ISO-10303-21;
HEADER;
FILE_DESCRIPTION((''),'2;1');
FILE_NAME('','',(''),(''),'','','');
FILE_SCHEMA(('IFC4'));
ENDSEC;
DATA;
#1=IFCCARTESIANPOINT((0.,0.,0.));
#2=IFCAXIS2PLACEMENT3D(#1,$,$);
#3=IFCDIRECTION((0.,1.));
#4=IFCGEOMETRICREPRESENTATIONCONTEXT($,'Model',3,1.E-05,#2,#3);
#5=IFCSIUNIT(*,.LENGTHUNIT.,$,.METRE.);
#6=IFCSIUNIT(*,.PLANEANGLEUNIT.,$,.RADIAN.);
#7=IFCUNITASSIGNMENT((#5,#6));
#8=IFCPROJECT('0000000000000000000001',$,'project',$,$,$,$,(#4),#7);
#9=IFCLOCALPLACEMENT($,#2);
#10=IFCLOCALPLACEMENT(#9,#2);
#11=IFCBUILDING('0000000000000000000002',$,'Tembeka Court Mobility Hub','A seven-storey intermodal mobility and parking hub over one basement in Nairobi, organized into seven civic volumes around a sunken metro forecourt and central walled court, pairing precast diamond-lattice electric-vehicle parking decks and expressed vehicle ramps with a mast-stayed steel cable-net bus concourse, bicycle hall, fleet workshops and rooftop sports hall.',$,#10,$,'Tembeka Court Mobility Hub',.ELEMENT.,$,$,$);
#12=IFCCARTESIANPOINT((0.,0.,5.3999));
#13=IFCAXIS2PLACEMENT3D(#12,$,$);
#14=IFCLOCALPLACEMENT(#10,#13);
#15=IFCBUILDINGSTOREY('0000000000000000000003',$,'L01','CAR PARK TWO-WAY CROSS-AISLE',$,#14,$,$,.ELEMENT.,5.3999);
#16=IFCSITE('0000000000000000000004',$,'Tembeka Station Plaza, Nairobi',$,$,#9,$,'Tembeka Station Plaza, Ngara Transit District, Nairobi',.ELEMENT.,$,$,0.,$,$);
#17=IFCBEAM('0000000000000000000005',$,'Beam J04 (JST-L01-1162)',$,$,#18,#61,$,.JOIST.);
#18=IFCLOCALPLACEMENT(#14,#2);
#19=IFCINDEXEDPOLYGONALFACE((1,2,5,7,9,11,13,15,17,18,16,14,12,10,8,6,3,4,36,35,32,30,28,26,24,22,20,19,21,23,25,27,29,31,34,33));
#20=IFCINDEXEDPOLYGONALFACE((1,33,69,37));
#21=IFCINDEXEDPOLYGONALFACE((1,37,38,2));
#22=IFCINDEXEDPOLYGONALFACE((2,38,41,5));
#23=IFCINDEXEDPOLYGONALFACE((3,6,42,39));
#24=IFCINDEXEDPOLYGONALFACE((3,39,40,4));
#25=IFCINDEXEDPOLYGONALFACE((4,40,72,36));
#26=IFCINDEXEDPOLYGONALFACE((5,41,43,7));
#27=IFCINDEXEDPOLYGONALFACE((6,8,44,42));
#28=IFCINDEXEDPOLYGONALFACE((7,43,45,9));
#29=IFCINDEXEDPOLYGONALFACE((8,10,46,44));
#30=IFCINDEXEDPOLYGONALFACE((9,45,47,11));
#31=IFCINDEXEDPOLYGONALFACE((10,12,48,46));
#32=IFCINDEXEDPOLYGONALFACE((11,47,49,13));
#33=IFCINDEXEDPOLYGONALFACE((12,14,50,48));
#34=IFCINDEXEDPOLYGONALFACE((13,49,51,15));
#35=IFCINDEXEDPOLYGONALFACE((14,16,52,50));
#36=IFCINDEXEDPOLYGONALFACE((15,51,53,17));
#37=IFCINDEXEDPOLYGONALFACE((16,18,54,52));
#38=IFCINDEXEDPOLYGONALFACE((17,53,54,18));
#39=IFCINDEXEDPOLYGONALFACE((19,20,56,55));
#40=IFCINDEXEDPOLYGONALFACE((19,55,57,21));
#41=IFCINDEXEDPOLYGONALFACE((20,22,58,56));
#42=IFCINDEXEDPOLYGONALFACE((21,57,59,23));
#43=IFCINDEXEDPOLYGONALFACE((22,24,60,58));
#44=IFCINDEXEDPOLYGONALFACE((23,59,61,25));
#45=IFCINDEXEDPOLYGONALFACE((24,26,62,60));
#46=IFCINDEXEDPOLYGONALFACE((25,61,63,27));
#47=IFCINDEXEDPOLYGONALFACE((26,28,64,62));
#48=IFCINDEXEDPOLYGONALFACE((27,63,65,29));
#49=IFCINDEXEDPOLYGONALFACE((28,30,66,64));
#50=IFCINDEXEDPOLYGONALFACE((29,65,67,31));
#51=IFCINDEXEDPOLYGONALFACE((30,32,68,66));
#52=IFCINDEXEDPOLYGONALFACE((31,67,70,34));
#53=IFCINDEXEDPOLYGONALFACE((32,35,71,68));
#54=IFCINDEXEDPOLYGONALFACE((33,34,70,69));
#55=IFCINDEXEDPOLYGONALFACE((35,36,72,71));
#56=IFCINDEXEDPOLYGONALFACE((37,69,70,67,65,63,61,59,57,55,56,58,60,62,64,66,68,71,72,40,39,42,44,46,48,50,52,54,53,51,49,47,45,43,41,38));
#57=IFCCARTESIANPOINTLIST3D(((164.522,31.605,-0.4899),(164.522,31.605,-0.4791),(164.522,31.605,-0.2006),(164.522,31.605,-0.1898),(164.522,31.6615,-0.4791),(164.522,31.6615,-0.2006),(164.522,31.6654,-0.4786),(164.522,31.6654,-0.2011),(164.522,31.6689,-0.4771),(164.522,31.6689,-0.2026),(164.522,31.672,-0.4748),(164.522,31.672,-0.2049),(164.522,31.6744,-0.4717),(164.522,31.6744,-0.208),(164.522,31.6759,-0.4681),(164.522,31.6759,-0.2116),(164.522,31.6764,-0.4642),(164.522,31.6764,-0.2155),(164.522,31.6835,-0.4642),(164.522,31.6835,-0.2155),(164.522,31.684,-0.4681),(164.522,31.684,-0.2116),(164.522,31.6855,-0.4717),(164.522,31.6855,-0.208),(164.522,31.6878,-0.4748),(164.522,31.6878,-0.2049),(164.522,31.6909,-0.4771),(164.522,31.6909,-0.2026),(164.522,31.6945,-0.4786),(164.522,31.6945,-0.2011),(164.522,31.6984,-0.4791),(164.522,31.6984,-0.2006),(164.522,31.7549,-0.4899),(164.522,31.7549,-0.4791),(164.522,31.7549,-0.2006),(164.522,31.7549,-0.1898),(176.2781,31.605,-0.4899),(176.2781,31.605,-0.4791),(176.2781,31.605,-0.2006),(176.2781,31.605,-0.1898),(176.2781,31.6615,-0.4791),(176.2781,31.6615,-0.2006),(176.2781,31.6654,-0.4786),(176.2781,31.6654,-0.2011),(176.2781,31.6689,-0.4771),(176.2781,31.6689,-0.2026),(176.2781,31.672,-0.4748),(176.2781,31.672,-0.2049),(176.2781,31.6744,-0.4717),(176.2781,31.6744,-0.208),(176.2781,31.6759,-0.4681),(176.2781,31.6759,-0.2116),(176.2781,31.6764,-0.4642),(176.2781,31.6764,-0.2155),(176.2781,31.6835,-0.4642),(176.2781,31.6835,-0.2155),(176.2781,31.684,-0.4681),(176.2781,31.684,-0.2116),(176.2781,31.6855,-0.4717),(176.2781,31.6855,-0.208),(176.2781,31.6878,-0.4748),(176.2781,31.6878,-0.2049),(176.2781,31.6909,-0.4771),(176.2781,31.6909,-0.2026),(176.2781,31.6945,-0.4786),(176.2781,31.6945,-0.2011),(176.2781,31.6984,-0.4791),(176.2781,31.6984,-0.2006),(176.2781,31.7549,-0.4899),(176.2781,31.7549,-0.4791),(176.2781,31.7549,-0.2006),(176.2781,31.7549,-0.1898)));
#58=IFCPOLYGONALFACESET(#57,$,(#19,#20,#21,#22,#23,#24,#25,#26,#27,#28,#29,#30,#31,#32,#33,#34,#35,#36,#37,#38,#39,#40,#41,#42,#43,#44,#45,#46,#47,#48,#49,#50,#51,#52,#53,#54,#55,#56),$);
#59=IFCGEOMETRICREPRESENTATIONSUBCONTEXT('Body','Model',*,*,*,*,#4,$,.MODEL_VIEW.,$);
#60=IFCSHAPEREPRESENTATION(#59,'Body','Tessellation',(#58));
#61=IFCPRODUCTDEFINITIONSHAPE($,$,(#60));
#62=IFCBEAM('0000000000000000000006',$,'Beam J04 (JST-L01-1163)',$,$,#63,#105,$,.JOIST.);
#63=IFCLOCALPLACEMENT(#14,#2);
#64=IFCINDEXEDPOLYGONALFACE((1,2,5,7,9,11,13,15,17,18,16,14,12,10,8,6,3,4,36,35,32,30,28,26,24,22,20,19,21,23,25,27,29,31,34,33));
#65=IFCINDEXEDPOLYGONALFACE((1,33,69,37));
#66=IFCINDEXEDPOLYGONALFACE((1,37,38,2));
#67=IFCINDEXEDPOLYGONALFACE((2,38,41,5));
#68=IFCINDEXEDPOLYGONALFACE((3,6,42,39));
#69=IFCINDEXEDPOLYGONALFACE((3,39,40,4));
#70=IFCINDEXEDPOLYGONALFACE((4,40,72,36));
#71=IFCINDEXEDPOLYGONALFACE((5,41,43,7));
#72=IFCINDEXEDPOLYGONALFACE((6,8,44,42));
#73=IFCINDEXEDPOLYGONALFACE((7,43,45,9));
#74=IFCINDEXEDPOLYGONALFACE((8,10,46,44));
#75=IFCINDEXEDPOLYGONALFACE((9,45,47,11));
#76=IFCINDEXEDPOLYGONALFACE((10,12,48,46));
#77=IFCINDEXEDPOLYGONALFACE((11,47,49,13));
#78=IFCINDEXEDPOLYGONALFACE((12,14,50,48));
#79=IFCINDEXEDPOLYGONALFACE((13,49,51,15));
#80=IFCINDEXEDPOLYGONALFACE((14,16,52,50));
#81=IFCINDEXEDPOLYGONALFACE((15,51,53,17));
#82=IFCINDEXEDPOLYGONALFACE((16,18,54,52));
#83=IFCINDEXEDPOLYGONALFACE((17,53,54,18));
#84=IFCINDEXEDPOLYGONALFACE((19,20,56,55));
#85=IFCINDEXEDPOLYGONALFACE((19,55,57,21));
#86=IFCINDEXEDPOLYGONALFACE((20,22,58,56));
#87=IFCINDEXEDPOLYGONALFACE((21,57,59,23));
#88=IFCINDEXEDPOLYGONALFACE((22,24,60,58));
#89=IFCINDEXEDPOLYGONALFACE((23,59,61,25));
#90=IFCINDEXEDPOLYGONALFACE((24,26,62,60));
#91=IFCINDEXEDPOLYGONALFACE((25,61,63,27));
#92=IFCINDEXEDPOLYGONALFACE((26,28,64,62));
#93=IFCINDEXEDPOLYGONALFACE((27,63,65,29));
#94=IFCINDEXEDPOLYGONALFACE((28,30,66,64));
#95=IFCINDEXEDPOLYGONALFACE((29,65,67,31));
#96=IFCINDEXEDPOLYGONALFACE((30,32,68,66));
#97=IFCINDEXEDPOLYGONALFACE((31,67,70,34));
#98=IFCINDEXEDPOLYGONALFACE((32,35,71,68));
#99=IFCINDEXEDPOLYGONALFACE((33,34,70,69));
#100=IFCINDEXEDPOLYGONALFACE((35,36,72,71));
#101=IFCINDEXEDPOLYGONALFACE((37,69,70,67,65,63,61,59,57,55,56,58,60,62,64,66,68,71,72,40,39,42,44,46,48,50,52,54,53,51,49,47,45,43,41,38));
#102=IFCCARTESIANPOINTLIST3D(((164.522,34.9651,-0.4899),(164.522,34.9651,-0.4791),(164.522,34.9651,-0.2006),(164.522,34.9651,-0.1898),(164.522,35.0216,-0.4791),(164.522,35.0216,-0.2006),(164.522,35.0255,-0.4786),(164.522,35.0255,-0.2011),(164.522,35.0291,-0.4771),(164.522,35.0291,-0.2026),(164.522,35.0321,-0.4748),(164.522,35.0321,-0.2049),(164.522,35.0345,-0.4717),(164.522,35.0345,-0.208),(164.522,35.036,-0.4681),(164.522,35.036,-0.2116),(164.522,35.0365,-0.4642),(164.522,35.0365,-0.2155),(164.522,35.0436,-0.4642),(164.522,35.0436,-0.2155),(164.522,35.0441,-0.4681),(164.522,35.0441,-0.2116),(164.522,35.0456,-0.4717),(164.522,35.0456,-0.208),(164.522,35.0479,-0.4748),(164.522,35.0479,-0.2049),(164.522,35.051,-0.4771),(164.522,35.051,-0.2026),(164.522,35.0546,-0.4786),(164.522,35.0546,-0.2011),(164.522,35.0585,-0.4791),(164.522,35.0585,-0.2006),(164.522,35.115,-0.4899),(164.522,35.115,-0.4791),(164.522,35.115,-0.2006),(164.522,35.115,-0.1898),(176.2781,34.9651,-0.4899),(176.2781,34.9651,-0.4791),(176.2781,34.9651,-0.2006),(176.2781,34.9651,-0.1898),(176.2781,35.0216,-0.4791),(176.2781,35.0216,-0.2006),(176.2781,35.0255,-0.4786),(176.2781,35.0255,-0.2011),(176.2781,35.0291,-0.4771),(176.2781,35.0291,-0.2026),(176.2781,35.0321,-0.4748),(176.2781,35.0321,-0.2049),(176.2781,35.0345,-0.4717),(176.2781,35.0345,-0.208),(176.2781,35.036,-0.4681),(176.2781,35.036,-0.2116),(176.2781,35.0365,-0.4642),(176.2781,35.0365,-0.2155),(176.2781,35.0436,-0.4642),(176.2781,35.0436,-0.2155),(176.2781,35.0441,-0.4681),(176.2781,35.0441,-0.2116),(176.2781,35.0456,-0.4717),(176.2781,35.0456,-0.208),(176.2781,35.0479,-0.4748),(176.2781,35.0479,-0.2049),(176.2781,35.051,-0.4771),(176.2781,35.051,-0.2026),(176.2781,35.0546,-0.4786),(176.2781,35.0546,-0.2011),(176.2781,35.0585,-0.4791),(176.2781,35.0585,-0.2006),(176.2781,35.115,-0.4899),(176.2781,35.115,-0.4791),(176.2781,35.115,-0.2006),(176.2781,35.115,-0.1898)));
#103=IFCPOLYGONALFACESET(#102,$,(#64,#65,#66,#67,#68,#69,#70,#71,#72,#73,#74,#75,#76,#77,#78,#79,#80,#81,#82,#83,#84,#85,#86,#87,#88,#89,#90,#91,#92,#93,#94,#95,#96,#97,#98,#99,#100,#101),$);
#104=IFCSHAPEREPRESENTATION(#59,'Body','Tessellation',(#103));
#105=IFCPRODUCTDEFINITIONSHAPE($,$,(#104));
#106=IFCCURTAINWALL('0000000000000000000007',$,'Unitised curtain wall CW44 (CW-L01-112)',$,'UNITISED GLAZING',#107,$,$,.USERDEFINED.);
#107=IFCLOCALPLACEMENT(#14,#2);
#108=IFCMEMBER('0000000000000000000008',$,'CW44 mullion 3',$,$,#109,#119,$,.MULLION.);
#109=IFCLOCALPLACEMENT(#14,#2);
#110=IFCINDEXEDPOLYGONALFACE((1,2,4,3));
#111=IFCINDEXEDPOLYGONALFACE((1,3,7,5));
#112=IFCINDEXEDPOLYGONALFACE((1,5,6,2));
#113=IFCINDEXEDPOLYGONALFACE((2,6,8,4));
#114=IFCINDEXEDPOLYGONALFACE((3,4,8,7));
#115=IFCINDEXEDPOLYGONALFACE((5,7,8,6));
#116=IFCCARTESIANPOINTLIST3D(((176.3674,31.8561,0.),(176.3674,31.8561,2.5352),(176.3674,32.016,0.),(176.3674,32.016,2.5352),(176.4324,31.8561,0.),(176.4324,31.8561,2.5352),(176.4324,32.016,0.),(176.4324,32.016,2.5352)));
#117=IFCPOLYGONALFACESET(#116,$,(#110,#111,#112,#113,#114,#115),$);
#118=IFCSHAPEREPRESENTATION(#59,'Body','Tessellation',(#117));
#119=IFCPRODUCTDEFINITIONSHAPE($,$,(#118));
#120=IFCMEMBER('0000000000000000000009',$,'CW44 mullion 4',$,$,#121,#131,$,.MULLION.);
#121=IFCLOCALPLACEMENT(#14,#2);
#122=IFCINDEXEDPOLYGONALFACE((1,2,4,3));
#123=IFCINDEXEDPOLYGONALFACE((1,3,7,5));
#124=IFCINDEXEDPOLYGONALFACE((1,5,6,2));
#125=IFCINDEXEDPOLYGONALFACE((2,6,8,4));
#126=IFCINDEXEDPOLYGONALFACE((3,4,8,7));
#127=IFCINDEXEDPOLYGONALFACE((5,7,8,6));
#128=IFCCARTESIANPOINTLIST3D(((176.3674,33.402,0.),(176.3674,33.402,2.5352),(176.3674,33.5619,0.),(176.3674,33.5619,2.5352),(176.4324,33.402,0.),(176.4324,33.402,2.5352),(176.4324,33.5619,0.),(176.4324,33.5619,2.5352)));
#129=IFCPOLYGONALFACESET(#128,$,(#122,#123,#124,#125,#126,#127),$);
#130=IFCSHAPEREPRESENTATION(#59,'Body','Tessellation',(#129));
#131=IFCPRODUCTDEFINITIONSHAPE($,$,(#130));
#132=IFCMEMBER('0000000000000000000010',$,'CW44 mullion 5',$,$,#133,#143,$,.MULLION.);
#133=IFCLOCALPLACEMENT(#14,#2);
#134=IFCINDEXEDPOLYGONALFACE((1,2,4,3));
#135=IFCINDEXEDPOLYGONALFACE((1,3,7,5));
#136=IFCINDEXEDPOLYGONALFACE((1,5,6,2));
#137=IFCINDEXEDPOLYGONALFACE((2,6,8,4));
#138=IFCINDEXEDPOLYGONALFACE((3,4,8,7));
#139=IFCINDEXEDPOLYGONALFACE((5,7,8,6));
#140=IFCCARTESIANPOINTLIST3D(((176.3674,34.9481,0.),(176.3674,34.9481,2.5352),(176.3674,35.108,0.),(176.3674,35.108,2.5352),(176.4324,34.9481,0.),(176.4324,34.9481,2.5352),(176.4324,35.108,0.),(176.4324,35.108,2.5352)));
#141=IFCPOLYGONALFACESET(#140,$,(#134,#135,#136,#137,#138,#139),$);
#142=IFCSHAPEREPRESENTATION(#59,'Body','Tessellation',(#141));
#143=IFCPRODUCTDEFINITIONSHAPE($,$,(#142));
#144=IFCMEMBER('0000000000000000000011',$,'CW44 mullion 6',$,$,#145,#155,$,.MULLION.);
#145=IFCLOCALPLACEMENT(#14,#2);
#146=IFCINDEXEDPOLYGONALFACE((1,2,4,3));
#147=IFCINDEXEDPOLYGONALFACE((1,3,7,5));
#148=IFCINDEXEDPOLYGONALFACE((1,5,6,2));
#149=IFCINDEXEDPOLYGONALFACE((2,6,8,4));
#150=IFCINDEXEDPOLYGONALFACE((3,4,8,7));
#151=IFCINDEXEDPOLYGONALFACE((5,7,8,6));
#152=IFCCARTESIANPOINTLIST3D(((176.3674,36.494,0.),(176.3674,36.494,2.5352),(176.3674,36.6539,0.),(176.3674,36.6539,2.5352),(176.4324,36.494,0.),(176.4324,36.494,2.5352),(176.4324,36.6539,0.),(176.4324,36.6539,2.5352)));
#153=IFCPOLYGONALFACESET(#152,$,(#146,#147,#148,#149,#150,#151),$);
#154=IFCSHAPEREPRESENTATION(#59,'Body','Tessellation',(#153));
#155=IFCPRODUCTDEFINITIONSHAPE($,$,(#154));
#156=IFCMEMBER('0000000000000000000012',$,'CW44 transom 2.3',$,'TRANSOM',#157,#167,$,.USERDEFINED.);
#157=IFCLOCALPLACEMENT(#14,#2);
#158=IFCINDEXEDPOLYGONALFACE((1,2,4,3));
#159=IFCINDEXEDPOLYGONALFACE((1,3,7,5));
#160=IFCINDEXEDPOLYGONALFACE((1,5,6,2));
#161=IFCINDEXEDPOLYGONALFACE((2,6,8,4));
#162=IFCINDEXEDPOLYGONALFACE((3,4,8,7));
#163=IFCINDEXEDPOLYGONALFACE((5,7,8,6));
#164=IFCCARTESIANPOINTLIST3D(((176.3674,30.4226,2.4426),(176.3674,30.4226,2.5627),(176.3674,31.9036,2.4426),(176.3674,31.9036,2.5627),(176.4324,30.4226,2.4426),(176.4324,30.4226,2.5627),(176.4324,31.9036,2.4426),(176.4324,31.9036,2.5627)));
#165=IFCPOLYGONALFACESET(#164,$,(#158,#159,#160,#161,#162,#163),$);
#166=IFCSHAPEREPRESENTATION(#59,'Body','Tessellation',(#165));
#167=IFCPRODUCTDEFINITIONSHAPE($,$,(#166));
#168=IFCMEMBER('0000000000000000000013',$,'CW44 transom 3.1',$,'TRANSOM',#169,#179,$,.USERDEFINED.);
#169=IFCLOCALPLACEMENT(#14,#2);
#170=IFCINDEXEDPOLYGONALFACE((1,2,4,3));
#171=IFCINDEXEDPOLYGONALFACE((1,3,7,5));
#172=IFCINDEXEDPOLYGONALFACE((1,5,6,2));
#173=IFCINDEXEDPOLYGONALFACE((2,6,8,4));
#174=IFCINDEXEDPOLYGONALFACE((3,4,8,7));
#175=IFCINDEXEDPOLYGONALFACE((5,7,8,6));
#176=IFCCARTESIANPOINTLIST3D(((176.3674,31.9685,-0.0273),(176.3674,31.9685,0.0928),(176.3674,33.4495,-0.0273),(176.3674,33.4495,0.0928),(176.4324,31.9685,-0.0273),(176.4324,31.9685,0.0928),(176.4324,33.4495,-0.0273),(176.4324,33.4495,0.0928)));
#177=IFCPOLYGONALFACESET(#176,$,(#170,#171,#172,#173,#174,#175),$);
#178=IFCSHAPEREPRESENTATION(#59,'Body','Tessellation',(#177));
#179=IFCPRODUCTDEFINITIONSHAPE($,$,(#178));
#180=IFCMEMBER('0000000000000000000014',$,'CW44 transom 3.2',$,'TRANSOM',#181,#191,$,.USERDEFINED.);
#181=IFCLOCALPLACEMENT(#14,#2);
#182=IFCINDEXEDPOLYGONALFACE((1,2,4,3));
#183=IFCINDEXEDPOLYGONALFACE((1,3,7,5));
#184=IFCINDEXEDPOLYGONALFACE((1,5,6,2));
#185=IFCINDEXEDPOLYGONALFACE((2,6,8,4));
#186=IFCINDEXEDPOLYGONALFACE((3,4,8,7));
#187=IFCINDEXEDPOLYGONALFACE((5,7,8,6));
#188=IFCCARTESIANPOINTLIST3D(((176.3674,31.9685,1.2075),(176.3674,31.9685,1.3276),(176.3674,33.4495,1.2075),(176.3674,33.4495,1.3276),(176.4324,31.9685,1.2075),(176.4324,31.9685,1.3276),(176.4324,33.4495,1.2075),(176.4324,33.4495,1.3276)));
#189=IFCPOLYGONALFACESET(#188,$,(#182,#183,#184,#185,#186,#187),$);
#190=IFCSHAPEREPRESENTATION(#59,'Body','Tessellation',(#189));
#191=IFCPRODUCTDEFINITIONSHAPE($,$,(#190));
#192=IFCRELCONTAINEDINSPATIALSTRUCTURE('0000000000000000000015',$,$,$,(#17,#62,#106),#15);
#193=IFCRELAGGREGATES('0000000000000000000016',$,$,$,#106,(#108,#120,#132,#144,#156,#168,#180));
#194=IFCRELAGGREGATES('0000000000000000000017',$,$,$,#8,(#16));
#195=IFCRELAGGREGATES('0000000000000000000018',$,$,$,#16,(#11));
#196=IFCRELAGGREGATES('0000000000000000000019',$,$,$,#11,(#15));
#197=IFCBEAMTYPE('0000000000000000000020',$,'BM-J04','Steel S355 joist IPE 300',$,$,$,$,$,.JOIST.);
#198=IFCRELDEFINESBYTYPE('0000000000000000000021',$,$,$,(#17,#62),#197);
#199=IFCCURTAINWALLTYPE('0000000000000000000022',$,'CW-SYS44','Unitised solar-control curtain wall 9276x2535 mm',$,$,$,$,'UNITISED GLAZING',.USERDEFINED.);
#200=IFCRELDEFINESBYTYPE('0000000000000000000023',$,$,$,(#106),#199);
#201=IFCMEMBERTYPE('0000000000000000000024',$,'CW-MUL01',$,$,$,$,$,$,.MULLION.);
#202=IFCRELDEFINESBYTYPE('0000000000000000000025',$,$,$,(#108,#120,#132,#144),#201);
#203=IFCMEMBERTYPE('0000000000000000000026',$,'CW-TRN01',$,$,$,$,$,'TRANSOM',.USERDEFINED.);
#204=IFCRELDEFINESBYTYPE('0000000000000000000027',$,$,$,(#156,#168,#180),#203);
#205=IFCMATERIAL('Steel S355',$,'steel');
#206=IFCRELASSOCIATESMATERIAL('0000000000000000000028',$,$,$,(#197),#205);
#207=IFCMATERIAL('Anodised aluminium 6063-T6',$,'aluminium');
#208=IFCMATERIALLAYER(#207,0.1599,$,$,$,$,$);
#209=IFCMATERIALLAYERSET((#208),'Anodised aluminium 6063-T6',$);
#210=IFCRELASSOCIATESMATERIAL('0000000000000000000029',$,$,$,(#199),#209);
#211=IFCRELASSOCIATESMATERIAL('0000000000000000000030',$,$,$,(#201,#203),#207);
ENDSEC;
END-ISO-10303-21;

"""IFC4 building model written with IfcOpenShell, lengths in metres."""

from ifc_helpers import new_model, si_unit, direction, frame, origin, origin_2d, place, context, subcontext, project, spatial, rectangle, i_section, extrude, material, layer, layer_set, material_profile, profile_set, type_object, element, aggregate, save


model = new_model("IFC4")

# Units and contexts
model_context = context("Model", 3, precision=1e-05, world=origin(), true_north=direction((0.0, 1.0)))
body_context = subcontext(model_context, "Body", "Model", "MODEL_VIEW")
ifc_project = project(units=[si_unit("LENGTHUNIT", "METRE"), si_unit("PLANEANGLEUNIT", "RADIAN")], contexts=[model_context])

# Site, building, storey
site_placement = place(None, origin())
site = spatial("IfcSite", under=ifc_project, at=site_placement, Name="Tembeka Station Plaza, Nairobi", LongName="Tembeka Station Plaza, Ngara Transit District, Nairobi", CompositionType="ELEMENT", RefElevation=0.0)
building_placement = place(site_placement, origin())
building = spatial("IfcBuilding", under=site, at=building_placement, Name="Tembeka Court Mobility Hub", Description="A seven-storey intermodal mobility and parking hub over one basement in Nairobi, organized into seven civic volumes around a sunken metro forecourt and central walled court, pairing precast diamond-lattice electric-vehicle parking decks and expressed vehicle ramps with a mast-stayed steel cable-net bus concourse, bicycle hall, fleet workshops and rooftop sports hall.", LongName="Tembeka Court Mobility Hub", CompositionType="ELEMENT")
storey_placement = place(building_placement, frame((0.0, 0.0, 5.3999)))
storey = spatial("IfcBuildingStorey", under=building, at=storey_placement, Name="L01", Description="CAR PARK TWO-WAY CROSS-AISLE", CompositionType="ELEMENT", Elevation=5.3999)

# Beams
ifc_material_1 = material(Name="Steel S355", Category="steel")
ifc_material_profile_1 = material_profile(ifc_material_1, i_section(OverallWidth=0.1499, OverallDepth=0.3, WebThickness=0.0071, FlangeThickness=0.0107, FilletRadius=0.0149, at=origin_2d()), Name="IPE 300")
ifc_profile_set_1 = profile_set([ifc_material_profile_1], Name="Steel S355")
beam_type = type_object("IfcBeamType", Name="BM-J04", Description="Steel S355 joist IPE 300", PredefinedType="JOIST", material=ifc_profile_set_1)
for number, where, z_axis, x_axis, name in (
    (1, (164.522, 31.6799, -0.3398), (1.0, 0.0, 0.0), (0.0, 1.0, 0.0), "Beam J04 (JST-L01-1162)"),
    (2, (164.522, 35.04, -0.3398), (1.0, 0.0, 0.0), (0.0, 1.0, 0.0), "Beam J04 (JST-L01-1163)"),
):
    element("IfcBeam", number, at=place(storey_placement, frame(where, z_axis=z_axis, x_axis=x_axis)), inside=storey, type_object=beam_type, Name=name, PredefinedType="JOIST", context=body_context, shape_type="SweptSolid", body=[
        extrude(i_section(OverallWidth=0.1499, OverallDepth=0.3, WebThickness=0.0071, FlangeThickness=0.0107, FilletRadius=0.0149, at=origin_2d()), origin(), (0.0, 0.0, 1.0), 11.7561),
    ])

# Curtain wall, members
ifc_material_2 = material(Name="Anodised aluminium 6063-T6", Category="aluminium")
ifc_layer_1 = layer(ifc_material_2, 0.1599)
ifc_layer_set_1 = layer_set([ifc_layer_1], Name="Anodised aluminium 6063-T6")
curtain_wall_type = type_object("IfcCurtainWallType", Name="CW-SYS44", Description="Unitised solar-control curtain wall 9276x2535 mm", ElementType="UNITISED GLAZING", PredefinedType="USERDEFINED", material=ifc_layer_set_1)
curtain_wall_placement = place(storey_placement, origin())
curtain_wall = element("IfcCurtainWall", 3, at=curtain_wall_placement, inside=storey, type_object=curtain_wall_type, Name="Unitised curtain wall CW44 (CW-L01-112)", ObjectType="UNITISED GLAZING", PredefinedType="USERDEFINED")
ifc_material_profile_2 = material_profile(ifc_material_2, rectangle(XDim=0.0649, YDim=0.1599, at=origin_2d()), Name="ALU-MUL 65x160")
ifc_profile_set_2 = profile_set([ifc_material_profile_2], Name="Anodised aluminium 6063-T6")
member_type_1 = type_object("IfcMemberType", Name="CW-MUL01", PredefinedType="MULLION", material=ifc_profile_set_2)
member_1_placement = place(storey_placement, frame((176.3999, 31.936, 0.0), z_axis=(0.0, 0.0, 1.0), x_axis=(-1.0, 0.0, 0.0)))
member_1 = element("IfcMember", 4, at=member_1_placement, type_object=member_type_1, Name="CW44 mullion 3", PredefinedType="MULLION", context=body_context, shape_type="SweptSolid", body=[
    extrude(rectangle(XDim=0.0649, YDim=0.1599, at=origin_2d()), origin(), (0.0, 0.0, 1.0), 2.5352),
])
member_2_placement = place(storey_placement, frame((176.3999, 33.4819, 0.0), z_axis=(0.0, 0.0, 1.0), x_axis=(-1.0, 0.0, 0.0)))
member_2 = element("IfcMember", 5, at=member_2_placement, type_object=member_type_1, Name="CW44 mullion 4", PredefinedType="MULLION", context=body_context, shape_type="SweptSolid", body=[
    extrude(rectangle(XDim=0.0649, YDim=0.1599, at=origin_2d()), origin(), (0.0, 0.0, 1.0), 2.5352),
])
member_3_placement = place(storey_placement, frame((176.3999, 35.0281, 0.0), z_axis=(0.0, 0.0, 1.0), x_axis=(-1.0, 0.0, 0.0)))
member_3 = element("IfcMember", 6, at=member_3_placement, type_object=member_type_1, Name="CW44 mullion 5", PredefinedType="MULLION", context=body_context, shape_type="SweptSolid", body=[
    extrude(rectangle(XDim=0.0649, YDim=0.1599, at=origin_2d()), origin(), (0.0, 0.0, 1.0), 2.5352),
])
member_4_placement = place(storey_placement, frame((176.3999, 36.574, 0.0), z_axis=(0.0, 0.0, 1.0), x_axis=(-1.0, 0.0, 0.0)))
member_4 = element("IfcMember", 7, at=member_4_placement, type_object=member_type_1, Name="CW44 mullion 6", PredefinedType="MULLION", context=body_context, shape_type="SweptSolid", body=[
    extrude(rectangle(XDim=0.0649, YDim=0.1599, at=origin_2d()), origin(), (0.0, 0.0, 1.0), 2.5352),
])
ifc_material_profile_3 = material_profile(ifc_material_2, rectangle(XDim=0.0649, YDim=0.1201, at=origin_2d()), Name="ALU-TRN 65x120")
ifc_profile_set_3 = profile_set([ifc_material_profile_3], Name="Anodised aluminium 6063-T6")
member_type_2 = type_object("IfcMemberType", Name="CW-TRN01", ElementType="TRANSOM", PredefinedType="USERDEFINED", material=ifc_profile_set_3)
member_5_placement = place(storey_placement, frame((176.3999, 30.4226, 2.5027), z_axis=(0.0, 1.0, 0.0), x_axis=(-1.0, 0.0, 0.0)))
member_5 = element("IfcMember", 8, at=member_5_placement, type_object=member_type_2, Name="CW44 transom 2.3", ObjectType="TRANSOM", PredefinedType="USERDEFINED", context=body_context, shape_type="SweptSolid", body=[
    extrude(rectangle(XDim=0.0649, YDim=0.1201, at=origin_2d()), origin(), (0.0, 0.0, 1.0), 1.481),
])
member_6_placement = place(storey_placement, frame((176.3999, 31.9685, 0.0327), z_axis=(0.0, 1.0, 0.0), x_axis=(-1.0, 0.0, 0.0)))
member_6 = element("IfcMember", 9, at=member_6_placement, type_object=member_type_2, Name="CW44 transom 3.1", ObjectType="TRANSOM", PredefinedType="USERDEFINED", context=body_context, shape_type="SweptSolid", body=[
    extrude(rectangle(XDim=0.0649, YDim=0.1201, at=origin_2d()), origin(), (0.0, 0.0, 1.0), 1.481),
])
member_7_placement = place(storey_placement, frame((176.3999, 31.9685, 1.2676), z_axis=(0.0, 1.0, 0.0), x_axis=(-1.0, 0.0, 0.0)))
member_7 = element("IfcMember", 10, at=member_7_placement, type_object=member_type_2, Name="CW44 transom 3.2", ObjectType="TRANSOM", PredefinedType="USERDEFINED", context=body_context, shape_type="SweptSolid", body=[
    extrude(rectangle(XDim=0.0649, YDim=0.1201, at=origin_2d()), origin(), (0.0, 0.0, 1.0), 1.481),
])
aggregate(curtain_wall, [member_1, member_2, member_3, member_4, member_5, member_6, member_7])

save(model, "model.ifc")
